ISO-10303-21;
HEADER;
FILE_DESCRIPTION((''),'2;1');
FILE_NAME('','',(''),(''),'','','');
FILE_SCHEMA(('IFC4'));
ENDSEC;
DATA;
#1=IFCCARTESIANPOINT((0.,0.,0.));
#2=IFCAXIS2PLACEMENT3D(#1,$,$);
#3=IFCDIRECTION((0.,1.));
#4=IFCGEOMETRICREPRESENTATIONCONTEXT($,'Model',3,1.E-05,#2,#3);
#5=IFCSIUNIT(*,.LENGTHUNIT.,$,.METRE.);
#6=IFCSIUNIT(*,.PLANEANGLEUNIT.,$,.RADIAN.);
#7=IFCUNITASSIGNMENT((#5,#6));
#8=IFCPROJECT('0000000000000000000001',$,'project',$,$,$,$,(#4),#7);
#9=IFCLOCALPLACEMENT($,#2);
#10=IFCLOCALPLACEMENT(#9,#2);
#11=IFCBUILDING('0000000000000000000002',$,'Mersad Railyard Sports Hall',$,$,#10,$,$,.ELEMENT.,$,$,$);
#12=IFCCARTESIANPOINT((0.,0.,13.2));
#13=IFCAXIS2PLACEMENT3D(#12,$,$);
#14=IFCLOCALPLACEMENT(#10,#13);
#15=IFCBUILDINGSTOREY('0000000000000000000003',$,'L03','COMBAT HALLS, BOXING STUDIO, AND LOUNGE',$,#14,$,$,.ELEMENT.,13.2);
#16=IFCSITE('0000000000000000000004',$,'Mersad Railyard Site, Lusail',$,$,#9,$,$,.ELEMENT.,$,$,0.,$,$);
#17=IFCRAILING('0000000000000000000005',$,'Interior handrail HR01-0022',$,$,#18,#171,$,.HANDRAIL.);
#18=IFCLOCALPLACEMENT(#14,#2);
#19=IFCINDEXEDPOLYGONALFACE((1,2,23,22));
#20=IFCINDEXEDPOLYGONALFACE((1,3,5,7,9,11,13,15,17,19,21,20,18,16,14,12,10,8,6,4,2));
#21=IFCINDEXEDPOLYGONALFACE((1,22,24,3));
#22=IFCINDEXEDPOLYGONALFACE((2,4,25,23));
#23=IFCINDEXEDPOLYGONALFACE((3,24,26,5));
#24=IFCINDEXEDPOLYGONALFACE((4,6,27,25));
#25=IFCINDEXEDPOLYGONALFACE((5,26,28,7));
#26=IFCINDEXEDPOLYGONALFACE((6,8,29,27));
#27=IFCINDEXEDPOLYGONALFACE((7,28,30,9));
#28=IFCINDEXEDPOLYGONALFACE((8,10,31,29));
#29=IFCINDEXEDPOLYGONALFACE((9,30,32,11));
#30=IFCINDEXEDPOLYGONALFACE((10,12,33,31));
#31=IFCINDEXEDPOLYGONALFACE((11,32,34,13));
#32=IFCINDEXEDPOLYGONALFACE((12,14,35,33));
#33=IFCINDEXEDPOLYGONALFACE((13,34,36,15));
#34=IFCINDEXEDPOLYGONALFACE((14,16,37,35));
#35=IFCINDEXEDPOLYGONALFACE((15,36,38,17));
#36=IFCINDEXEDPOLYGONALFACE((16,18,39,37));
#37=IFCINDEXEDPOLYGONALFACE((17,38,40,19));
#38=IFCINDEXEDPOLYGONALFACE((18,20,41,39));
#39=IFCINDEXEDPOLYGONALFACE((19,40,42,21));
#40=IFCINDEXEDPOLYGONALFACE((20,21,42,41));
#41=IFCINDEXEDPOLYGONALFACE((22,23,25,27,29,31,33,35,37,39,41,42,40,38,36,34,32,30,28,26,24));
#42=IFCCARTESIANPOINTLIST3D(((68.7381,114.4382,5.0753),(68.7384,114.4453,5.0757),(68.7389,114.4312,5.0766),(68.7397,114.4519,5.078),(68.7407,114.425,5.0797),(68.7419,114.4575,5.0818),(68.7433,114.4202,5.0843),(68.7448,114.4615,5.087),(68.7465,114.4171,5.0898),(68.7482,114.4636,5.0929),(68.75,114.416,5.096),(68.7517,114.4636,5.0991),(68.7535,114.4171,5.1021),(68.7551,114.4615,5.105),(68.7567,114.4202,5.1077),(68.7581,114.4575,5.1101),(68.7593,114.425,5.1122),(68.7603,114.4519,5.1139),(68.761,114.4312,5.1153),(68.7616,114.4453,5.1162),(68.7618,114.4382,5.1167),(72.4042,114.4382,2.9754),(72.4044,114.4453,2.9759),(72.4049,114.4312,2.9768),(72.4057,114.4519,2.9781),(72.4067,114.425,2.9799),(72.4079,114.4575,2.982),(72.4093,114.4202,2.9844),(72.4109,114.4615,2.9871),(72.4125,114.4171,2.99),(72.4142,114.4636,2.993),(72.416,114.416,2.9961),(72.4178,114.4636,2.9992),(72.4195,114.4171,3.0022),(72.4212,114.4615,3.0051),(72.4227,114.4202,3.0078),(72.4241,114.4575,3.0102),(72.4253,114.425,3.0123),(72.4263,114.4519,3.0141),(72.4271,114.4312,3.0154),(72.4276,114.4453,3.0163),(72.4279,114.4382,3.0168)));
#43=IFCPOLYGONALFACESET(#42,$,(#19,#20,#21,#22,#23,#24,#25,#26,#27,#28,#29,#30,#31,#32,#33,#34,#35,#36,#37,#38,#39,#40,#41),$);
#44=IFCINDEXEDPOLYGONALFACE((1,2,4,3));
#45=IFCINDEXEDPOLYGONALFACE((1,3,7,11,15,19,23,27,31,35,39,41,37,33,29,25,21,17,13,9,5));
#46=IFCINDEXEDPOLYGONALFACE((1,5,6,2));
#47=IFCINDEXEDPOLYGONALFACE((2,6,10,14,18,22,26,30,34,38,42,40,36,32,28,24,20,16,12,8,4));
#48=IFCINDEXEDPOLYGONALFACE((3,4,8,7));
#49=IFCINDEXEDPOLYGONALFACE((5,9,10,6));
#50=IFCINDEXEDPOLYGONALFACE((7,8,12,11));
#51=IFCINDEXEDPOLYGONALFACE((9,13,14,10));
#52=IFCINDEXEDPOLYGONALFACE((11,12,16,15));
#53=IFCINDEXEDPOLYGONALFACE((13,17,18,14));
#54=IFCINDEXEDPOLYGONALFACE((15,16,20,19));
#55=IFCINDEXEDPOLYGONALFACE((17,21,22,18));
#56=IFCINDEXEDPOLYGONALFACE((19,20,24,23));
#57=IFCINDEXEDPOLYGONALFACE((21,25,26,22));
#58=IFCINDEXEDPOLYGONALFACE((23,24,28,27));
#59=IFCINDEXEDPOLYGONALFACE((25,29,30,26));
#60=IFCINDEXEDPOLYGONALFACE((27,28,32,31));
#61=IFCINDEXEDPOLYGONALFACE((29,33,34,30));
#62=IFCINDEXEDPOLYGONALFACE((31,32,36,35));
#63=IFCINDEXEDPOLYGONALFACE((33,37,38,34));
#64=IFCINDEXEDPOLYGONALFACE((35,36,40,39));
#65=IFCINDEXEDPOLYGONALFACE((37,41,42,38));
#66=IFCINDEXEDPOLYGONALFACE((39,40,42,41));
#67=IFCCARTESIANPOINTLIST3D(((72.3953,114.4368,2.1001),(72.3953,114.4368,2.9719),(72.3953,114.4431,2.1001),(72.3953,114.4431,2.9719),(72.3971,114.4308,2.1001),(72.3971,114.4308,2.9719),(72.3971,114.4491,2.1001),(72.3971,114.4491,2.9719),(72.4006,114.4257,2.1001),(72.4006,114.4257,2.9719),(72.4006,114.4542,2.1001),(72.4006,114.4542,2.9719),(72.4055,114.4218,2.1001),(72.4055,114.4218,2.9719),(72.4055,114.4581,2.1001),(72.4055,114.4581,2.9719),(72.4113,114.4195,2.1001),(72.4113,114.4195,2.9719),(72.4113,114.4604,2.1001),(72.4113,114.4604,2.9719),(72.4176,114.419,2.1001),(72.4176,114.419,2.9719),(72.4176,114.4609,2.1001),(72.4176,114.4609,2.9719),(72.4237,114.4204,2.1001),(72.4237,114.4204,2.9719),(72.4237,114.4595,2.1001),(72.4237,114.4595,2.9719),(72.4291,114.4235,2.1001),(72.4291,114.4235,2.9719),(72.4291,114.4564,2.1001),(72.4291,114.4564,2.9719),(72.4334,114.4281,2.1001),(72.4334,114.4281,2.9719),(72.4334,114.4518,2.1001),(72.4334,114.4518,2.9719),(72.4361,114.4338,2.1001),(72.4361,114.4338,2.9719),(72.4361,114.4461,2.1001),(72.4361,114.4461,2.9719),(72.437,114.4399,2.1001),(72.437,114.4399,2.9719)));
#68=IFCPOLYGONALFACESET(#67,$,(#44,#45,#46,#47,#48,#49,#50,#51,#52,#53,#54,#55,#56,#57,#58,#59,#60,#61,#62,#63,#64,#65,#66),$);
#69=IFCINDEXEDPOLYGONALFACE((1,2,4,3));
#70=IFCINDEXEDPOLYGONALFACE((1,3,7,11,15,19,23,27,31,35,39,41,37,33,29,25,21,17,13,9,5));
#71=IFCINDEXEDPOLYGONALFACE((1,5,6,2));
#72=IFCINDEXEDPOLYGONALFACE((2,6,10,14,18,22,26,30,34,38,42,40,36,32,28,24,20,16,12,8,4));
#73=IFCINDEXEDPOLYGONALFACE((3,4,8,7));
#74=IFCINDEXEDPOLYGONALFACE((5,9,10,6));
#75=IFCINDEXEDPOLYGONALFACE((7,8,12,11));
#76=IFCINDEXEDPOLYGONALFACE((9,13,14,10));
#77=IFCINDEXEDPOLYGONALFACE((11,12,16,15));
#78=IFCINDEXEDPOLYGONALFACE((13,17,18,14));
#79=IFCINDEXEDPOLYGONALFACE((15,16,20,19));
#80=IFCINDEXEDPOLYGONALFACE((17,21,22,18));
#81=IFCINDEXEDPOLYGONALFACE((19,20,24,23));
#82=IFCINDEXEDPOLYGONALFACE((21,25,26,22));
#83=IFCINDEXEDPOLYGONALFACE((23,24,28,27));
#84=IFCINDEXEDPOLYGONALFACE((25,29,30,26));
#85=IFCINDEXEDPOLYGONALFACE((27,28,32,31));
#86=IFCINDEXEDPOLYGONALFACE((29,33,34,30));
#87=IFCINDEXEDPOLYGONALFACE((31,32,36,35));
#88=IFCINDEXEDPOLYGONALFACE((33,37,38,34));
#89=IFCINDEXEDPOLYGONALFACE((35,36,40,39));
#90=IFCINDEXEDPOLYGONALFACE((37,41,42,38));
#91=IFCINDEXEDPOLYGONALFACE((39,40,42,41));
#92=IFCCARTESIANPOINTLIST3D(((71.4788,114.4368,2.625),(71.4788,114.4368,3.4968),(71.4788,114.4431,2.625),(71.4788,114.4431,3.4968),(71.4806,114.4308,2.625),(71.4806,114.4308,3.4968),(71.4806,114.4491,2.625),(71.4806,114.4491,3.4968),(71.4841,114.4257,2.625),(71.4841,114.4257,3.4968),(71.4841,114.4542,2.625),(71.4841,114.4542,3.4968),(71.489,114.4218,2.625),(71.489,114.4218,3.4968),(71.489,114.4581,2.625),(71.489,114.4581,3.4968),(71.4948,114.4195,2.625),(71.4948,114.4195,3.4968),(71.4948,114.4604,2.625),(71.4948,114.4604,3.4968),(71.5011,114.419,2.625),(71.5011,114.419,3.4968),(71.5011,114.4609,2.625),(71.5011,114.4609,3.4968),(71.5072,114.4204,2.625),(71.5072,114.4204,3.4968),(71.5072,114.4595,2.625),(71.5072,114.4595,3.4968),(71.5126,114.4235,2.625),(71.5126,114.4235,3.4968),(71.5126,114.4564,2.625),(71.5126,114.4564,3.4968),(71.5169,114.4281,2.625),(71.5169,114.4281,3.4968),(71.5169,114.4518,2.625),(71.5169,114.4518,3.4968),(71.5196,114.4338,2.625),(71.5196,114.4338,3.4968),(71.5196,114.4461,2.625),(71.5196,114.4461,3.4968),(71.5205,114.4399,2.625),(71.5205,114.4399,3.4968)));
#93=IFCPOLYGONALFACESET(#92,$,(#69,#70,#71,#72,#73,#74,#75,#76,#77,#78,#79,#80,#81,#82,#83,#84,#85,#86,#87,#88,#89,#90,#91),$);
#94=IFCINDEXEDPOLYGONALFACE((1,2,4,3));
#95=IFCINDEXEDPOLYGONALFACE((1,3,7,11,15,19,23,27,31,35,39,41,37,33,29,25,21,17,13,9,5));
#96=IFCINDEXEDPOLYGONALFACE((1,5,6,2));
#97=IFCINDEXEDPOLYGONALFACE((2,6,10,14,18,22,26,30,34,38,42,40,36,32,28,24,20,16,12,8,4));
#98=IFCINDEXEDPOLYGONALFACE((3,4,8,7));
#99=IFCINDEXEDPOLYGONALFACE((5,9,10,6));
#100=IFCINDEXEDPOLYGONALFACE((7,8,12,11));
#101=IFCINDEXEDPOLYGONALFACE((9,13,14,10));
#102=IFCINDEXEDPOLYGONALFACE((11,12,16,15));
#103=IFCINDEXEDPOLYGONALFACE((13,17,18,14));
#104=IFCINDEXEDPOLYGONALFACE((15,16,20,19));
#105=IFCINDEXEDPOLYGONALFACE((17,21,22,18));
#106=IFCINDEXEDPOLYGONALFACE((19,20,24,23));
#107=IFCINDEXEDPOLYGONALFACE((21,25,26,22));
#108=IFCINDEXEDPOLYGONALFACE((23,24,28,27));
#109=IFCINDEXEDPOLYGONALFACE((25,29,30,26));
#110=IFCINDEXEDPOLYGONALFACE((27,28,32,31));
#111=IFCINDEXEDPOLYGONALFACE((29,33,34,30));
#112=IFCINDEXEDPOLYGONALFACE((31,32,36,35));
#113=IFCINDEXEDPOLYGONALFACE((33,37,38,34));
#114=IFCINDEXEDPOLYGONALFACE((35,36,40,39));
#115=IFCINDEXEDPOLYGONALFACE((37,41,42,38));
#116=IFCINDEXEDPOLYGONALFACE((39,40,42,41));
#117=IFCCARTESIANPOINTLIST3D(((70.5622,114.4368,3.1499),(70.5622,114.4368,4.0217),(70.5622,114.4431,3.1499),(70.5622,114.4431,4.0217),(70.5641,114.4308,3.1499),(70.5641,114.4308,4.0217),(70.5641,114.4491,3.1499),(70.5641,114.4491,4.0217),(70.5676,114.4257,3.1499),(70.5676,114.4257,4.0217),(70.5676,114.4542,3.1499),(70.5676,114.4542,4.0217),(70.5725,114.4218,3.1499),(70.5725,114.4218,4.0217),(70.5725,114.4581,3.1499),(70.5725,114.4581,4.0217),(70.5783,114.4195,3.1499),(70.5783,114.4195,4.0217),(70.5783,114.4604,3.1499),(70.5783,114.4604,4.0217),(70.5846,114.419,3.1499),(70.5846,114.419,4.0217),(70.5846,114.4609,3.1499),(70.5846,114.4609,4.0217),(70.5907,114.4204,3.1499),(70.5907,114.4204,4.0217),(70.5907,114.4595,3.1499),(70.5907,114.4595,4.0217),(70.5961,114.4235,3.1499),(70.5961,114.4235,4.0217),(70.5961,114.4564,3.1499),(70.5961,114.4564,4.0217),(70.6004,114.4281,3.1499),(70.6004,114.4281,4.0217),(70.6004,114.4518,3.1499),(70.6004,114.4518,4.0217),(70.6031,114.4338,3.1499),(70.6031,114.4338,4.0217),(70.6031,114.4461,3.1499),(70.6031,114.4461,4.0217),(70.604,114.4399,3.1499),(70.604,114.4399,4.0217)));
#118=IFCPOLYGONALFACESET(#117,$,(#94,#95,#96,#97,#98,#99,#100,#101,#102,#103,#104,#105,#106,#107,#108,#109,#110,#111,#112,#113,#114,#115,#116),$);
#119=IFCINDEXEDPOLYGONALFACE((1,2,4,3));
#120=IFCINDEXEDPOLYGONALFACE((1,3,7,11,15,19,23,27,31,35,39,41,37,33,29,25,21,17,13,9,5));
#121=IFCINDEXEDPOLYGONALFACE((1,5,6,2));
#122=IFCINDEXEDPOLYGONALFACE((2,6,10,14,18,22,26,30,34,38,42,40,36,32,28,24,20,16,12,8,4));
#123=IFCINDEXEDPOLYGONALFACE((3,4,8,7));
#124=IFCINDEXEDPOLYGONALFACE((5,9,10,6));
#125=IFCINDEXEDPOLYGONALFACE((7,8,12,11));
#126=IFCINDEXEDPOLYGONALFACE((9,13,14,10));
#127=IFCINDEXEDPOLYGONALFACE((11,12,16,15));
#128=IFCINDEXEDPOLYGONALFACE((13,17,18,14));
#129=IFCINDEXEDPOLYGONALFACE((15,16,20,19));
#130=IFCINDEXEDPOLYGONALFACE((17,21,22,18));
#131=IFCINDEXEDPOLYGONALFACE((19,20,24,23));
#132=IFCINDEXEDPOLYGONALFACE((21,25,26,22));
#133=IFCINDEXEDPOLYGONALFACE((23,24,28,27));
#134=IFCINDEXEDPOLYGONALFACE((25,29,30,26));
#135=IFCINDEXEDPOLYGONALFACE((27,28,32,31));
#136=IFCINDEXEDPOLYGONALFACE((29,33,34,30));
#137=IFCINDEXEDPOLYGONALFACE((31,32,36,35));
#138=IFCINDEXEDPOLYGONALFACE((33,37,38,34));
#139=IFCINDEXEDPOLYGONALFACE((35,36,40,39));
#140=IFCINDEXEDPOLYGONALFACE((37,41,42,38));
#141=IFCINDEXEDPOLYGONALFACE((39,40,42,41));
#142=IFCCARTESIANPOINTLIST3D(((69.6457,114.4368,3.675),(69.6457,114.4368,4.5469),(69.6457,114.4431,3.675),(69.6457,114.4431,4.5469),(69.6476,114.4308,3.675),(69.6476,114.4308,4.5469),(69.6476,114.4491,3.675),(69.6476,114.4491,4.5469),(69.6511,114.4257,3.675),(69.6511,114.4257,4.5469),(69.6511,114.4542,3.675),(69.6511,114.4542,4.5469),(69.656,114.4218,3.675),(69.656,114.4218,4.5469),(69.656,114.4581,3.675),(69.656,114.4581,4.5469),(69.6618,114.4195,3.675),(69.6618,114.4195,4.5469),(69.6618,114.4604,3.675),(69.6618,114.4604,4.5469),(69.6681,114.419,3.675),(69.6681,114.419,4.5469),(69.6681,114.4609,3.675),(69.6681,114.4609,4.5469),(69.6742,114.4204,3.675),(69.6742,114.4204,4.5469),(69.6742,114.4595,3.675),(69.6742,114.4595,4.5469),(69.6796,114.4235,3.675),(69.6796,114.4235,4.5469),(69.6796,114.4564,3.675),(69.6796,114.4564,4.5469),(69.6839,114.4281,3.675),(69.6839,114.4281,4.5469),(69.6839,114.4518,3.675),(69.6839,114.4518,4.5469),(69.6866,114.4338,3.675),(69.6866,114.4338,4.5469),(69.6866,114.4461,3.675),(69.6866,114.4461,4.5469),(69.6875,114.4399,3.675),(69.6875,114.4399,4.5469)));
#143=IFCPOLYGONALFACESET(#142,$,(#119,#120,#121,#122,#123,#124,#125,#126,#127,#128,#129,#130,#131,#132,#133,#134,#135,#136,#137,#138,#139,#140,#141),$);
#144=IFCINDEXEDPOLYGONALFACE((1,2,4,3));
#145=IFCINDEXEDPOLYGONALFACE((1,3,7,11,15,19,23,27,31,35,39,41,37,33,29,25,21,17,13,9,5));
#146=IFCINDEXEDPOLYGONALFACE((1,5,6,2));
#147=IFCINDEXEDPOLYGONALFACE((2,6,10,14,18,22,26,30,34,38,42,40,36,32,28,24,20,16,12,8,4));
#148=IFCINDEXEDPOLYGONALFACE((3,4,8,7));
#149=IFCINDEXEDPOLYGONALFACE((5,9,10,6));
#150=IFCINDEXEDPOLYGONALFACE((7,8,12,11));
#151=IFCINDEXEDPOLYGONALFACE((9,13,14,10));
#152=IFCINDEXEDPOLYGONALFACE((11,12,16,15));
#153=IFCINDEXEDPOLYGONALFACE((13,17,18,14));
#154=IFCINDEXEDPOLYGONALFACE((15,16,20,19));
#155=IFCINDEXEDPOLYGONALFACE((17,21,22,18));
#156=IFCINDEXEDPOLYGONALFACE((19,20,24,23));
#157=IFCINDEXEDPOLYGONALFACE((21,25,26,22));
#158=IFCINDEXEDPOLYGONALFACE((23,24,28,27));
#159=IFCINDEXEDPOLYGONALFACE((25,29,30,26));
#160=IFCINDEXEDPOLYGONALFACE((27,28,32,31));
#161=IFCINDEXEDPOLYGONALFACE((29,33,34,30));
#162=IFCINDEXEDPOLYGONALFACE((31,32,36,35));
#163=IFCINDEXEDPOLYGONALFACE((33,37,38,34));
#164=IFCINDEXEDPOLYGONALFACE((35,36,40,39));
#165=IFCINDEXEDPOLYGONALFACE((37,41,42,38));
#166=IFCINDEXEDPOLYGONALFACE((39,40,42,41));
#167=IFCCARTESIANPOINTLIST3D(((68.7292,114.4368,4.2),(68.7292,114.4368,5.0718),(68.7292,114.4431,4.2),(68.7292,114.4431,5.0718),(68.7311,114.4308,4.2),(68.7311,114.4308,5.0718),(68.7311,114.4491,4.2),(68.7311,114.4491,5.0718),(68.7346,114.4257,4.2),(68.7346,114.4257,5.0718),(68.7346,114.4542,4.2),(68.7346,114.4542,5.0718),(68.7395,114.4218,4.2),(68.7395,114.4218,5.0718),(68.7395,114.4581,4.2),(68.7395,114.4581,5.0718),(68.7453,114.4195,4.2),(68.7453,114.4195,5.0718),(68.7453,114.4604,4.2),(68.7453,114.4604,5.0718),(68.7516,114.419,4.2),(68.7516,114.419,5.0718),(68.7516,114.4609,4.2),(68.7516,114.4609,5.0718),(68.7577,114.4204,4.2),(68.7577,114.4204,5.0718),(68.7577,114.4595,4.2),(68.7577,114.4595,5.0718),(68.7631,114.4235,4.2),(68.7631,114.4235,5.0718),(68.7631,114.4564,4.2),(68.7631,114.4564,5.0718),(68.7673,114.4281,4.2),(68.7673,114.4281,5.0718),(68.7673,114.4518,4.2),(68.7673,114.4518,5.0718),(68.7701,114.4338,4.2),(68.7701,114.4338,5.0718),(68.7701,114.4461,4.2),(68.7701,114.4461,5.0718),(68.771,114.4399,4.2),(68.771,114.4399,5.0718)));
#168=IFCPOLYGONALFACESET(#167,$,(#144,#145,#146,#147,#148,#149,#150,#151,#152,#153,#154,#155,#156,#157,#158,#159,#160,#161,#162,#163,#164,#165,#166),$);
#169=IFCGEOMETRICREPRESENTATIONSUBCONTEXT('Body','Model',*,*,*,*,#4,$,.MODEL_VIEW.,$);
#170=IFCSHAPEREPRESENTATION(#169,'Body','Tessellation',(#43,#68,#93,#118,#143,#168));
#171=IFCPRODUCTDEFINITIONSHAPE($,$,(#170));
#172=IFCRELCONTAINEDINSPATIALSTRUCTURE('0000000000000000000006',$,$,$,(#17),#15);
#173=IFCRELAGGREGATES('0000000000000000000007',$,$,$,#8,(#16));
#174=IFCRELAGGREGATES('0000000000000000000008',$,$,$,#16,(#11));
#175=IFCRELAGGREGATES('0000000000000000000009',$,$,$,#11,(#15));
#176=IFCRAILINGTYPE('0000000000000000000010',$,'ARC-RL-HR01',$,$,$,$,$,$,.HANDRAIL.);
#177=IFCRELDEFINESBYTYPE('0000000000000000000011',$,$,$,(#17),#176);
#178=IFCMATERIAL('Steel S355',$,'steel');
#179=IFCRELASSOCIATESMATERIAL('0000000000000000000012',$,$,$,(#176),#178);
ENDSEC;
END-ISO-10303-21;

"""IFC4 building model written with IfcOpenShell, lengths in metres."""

from ifc_helpers import new_model, si_unit, direction, frame, origin, origin_2d, place, context, subcontext, project, spatial, circle, extrude, material, type_object, element, save


model = new_model("IFC4")

# Units and contexts
model_context = context("Model", 3, precision=1e-05, world=origin(), true_north=direction((0.0, 1.0)))
body_context = subcontext(model_context, "Body", "Model", "MODEL_VIEW")
ifc_project = project(units=[si_unit("LENGTHUNIT", "METRE"), si_unit("PLANEANGLEUNIT", "RADIAN")], contexts=[model_context])

# Site, building, storey
site_placement = place(None, origin())
site = spatial("IfcSite", under=ifc_project, at=site_placement, Name="Mersad Railyard Site, Lusail", CompositionType="ELEMENT", RefElevation=0.0)
building_placement = place(site_placement, origin())
building = spatial("IfcBuilding", under=site, at=building_placement, Name="Mersad Railyard Sports Hall", CompositionType="ELEMENT")
storey_placement = place(building_placement, frame((0.0, 0.0, 13.2)))
storey = spatial("IfcBuildingStorey", under=building, at=storey_placement, Name="L03", Description="COMBAT HALLS, BOXING STUDIO, AND LOUNGE", CompositionType="ELEMENT", Elevation=13.2)

# Shared definitions
ifc_material_1 = material(Name="Steel S355", Category="steel")

# Railing
railing_type_1 = type_object("IfcRailingType", Name="ARC-RL-HR01", PredefinedType="HANDRAIL", material=ifc_material_1)
railing_1_placement = place(storey_placement, frame((72.416, 114.4399, 2.1001)))
element("IfcRailing", 1, at=railing_1_placement, inside=storey, type_object=railing_type_1, Name="Interior handrail HR01-0022", PredefinedType="HANDRAIL", context=body_context, shape_type="SweptSolid", body=[
    extrude(circle(Radius=0.0239, at=origin_2d()), frame((0.0, 0.0, 0.896), z_axis=(-0.867734, 0.0, 0.497029), x_axis=(0.0, -1.0, 0.0)), (0.0, 0.0, 1.0), 4.2249),
    extrude(circle(Radius=0.021, at=origin_2d()), origin(), (0.0, 0.0, 1.0), 0.8718),
    extrude(circle(Radius=0.021, at=origin_2d()), frame((-0.9165, 0.0, 0.5249)), (0.0, 0.0, 1.0), 0.8718),
    extrude(circle(Radius=0.021, at=origin_2d()), frame((-1.833, 0.0, 1.0498)), (0.0, 0.0, 1.0), 0.8718),
    extrude(circle(Radius=0.021, at=origin_2d()), frame((-2.7495, 0.0, 1.575)), (0.0, 0.0, 1.0), 0.8718),
    extrude(circle(Radius=0.021, at=origin_2d()), frame((-3.666, 0.0, 2.0999)), (0.0, 0.0, 1.0), 0.8718),
])

save(model, "model.ifc")
